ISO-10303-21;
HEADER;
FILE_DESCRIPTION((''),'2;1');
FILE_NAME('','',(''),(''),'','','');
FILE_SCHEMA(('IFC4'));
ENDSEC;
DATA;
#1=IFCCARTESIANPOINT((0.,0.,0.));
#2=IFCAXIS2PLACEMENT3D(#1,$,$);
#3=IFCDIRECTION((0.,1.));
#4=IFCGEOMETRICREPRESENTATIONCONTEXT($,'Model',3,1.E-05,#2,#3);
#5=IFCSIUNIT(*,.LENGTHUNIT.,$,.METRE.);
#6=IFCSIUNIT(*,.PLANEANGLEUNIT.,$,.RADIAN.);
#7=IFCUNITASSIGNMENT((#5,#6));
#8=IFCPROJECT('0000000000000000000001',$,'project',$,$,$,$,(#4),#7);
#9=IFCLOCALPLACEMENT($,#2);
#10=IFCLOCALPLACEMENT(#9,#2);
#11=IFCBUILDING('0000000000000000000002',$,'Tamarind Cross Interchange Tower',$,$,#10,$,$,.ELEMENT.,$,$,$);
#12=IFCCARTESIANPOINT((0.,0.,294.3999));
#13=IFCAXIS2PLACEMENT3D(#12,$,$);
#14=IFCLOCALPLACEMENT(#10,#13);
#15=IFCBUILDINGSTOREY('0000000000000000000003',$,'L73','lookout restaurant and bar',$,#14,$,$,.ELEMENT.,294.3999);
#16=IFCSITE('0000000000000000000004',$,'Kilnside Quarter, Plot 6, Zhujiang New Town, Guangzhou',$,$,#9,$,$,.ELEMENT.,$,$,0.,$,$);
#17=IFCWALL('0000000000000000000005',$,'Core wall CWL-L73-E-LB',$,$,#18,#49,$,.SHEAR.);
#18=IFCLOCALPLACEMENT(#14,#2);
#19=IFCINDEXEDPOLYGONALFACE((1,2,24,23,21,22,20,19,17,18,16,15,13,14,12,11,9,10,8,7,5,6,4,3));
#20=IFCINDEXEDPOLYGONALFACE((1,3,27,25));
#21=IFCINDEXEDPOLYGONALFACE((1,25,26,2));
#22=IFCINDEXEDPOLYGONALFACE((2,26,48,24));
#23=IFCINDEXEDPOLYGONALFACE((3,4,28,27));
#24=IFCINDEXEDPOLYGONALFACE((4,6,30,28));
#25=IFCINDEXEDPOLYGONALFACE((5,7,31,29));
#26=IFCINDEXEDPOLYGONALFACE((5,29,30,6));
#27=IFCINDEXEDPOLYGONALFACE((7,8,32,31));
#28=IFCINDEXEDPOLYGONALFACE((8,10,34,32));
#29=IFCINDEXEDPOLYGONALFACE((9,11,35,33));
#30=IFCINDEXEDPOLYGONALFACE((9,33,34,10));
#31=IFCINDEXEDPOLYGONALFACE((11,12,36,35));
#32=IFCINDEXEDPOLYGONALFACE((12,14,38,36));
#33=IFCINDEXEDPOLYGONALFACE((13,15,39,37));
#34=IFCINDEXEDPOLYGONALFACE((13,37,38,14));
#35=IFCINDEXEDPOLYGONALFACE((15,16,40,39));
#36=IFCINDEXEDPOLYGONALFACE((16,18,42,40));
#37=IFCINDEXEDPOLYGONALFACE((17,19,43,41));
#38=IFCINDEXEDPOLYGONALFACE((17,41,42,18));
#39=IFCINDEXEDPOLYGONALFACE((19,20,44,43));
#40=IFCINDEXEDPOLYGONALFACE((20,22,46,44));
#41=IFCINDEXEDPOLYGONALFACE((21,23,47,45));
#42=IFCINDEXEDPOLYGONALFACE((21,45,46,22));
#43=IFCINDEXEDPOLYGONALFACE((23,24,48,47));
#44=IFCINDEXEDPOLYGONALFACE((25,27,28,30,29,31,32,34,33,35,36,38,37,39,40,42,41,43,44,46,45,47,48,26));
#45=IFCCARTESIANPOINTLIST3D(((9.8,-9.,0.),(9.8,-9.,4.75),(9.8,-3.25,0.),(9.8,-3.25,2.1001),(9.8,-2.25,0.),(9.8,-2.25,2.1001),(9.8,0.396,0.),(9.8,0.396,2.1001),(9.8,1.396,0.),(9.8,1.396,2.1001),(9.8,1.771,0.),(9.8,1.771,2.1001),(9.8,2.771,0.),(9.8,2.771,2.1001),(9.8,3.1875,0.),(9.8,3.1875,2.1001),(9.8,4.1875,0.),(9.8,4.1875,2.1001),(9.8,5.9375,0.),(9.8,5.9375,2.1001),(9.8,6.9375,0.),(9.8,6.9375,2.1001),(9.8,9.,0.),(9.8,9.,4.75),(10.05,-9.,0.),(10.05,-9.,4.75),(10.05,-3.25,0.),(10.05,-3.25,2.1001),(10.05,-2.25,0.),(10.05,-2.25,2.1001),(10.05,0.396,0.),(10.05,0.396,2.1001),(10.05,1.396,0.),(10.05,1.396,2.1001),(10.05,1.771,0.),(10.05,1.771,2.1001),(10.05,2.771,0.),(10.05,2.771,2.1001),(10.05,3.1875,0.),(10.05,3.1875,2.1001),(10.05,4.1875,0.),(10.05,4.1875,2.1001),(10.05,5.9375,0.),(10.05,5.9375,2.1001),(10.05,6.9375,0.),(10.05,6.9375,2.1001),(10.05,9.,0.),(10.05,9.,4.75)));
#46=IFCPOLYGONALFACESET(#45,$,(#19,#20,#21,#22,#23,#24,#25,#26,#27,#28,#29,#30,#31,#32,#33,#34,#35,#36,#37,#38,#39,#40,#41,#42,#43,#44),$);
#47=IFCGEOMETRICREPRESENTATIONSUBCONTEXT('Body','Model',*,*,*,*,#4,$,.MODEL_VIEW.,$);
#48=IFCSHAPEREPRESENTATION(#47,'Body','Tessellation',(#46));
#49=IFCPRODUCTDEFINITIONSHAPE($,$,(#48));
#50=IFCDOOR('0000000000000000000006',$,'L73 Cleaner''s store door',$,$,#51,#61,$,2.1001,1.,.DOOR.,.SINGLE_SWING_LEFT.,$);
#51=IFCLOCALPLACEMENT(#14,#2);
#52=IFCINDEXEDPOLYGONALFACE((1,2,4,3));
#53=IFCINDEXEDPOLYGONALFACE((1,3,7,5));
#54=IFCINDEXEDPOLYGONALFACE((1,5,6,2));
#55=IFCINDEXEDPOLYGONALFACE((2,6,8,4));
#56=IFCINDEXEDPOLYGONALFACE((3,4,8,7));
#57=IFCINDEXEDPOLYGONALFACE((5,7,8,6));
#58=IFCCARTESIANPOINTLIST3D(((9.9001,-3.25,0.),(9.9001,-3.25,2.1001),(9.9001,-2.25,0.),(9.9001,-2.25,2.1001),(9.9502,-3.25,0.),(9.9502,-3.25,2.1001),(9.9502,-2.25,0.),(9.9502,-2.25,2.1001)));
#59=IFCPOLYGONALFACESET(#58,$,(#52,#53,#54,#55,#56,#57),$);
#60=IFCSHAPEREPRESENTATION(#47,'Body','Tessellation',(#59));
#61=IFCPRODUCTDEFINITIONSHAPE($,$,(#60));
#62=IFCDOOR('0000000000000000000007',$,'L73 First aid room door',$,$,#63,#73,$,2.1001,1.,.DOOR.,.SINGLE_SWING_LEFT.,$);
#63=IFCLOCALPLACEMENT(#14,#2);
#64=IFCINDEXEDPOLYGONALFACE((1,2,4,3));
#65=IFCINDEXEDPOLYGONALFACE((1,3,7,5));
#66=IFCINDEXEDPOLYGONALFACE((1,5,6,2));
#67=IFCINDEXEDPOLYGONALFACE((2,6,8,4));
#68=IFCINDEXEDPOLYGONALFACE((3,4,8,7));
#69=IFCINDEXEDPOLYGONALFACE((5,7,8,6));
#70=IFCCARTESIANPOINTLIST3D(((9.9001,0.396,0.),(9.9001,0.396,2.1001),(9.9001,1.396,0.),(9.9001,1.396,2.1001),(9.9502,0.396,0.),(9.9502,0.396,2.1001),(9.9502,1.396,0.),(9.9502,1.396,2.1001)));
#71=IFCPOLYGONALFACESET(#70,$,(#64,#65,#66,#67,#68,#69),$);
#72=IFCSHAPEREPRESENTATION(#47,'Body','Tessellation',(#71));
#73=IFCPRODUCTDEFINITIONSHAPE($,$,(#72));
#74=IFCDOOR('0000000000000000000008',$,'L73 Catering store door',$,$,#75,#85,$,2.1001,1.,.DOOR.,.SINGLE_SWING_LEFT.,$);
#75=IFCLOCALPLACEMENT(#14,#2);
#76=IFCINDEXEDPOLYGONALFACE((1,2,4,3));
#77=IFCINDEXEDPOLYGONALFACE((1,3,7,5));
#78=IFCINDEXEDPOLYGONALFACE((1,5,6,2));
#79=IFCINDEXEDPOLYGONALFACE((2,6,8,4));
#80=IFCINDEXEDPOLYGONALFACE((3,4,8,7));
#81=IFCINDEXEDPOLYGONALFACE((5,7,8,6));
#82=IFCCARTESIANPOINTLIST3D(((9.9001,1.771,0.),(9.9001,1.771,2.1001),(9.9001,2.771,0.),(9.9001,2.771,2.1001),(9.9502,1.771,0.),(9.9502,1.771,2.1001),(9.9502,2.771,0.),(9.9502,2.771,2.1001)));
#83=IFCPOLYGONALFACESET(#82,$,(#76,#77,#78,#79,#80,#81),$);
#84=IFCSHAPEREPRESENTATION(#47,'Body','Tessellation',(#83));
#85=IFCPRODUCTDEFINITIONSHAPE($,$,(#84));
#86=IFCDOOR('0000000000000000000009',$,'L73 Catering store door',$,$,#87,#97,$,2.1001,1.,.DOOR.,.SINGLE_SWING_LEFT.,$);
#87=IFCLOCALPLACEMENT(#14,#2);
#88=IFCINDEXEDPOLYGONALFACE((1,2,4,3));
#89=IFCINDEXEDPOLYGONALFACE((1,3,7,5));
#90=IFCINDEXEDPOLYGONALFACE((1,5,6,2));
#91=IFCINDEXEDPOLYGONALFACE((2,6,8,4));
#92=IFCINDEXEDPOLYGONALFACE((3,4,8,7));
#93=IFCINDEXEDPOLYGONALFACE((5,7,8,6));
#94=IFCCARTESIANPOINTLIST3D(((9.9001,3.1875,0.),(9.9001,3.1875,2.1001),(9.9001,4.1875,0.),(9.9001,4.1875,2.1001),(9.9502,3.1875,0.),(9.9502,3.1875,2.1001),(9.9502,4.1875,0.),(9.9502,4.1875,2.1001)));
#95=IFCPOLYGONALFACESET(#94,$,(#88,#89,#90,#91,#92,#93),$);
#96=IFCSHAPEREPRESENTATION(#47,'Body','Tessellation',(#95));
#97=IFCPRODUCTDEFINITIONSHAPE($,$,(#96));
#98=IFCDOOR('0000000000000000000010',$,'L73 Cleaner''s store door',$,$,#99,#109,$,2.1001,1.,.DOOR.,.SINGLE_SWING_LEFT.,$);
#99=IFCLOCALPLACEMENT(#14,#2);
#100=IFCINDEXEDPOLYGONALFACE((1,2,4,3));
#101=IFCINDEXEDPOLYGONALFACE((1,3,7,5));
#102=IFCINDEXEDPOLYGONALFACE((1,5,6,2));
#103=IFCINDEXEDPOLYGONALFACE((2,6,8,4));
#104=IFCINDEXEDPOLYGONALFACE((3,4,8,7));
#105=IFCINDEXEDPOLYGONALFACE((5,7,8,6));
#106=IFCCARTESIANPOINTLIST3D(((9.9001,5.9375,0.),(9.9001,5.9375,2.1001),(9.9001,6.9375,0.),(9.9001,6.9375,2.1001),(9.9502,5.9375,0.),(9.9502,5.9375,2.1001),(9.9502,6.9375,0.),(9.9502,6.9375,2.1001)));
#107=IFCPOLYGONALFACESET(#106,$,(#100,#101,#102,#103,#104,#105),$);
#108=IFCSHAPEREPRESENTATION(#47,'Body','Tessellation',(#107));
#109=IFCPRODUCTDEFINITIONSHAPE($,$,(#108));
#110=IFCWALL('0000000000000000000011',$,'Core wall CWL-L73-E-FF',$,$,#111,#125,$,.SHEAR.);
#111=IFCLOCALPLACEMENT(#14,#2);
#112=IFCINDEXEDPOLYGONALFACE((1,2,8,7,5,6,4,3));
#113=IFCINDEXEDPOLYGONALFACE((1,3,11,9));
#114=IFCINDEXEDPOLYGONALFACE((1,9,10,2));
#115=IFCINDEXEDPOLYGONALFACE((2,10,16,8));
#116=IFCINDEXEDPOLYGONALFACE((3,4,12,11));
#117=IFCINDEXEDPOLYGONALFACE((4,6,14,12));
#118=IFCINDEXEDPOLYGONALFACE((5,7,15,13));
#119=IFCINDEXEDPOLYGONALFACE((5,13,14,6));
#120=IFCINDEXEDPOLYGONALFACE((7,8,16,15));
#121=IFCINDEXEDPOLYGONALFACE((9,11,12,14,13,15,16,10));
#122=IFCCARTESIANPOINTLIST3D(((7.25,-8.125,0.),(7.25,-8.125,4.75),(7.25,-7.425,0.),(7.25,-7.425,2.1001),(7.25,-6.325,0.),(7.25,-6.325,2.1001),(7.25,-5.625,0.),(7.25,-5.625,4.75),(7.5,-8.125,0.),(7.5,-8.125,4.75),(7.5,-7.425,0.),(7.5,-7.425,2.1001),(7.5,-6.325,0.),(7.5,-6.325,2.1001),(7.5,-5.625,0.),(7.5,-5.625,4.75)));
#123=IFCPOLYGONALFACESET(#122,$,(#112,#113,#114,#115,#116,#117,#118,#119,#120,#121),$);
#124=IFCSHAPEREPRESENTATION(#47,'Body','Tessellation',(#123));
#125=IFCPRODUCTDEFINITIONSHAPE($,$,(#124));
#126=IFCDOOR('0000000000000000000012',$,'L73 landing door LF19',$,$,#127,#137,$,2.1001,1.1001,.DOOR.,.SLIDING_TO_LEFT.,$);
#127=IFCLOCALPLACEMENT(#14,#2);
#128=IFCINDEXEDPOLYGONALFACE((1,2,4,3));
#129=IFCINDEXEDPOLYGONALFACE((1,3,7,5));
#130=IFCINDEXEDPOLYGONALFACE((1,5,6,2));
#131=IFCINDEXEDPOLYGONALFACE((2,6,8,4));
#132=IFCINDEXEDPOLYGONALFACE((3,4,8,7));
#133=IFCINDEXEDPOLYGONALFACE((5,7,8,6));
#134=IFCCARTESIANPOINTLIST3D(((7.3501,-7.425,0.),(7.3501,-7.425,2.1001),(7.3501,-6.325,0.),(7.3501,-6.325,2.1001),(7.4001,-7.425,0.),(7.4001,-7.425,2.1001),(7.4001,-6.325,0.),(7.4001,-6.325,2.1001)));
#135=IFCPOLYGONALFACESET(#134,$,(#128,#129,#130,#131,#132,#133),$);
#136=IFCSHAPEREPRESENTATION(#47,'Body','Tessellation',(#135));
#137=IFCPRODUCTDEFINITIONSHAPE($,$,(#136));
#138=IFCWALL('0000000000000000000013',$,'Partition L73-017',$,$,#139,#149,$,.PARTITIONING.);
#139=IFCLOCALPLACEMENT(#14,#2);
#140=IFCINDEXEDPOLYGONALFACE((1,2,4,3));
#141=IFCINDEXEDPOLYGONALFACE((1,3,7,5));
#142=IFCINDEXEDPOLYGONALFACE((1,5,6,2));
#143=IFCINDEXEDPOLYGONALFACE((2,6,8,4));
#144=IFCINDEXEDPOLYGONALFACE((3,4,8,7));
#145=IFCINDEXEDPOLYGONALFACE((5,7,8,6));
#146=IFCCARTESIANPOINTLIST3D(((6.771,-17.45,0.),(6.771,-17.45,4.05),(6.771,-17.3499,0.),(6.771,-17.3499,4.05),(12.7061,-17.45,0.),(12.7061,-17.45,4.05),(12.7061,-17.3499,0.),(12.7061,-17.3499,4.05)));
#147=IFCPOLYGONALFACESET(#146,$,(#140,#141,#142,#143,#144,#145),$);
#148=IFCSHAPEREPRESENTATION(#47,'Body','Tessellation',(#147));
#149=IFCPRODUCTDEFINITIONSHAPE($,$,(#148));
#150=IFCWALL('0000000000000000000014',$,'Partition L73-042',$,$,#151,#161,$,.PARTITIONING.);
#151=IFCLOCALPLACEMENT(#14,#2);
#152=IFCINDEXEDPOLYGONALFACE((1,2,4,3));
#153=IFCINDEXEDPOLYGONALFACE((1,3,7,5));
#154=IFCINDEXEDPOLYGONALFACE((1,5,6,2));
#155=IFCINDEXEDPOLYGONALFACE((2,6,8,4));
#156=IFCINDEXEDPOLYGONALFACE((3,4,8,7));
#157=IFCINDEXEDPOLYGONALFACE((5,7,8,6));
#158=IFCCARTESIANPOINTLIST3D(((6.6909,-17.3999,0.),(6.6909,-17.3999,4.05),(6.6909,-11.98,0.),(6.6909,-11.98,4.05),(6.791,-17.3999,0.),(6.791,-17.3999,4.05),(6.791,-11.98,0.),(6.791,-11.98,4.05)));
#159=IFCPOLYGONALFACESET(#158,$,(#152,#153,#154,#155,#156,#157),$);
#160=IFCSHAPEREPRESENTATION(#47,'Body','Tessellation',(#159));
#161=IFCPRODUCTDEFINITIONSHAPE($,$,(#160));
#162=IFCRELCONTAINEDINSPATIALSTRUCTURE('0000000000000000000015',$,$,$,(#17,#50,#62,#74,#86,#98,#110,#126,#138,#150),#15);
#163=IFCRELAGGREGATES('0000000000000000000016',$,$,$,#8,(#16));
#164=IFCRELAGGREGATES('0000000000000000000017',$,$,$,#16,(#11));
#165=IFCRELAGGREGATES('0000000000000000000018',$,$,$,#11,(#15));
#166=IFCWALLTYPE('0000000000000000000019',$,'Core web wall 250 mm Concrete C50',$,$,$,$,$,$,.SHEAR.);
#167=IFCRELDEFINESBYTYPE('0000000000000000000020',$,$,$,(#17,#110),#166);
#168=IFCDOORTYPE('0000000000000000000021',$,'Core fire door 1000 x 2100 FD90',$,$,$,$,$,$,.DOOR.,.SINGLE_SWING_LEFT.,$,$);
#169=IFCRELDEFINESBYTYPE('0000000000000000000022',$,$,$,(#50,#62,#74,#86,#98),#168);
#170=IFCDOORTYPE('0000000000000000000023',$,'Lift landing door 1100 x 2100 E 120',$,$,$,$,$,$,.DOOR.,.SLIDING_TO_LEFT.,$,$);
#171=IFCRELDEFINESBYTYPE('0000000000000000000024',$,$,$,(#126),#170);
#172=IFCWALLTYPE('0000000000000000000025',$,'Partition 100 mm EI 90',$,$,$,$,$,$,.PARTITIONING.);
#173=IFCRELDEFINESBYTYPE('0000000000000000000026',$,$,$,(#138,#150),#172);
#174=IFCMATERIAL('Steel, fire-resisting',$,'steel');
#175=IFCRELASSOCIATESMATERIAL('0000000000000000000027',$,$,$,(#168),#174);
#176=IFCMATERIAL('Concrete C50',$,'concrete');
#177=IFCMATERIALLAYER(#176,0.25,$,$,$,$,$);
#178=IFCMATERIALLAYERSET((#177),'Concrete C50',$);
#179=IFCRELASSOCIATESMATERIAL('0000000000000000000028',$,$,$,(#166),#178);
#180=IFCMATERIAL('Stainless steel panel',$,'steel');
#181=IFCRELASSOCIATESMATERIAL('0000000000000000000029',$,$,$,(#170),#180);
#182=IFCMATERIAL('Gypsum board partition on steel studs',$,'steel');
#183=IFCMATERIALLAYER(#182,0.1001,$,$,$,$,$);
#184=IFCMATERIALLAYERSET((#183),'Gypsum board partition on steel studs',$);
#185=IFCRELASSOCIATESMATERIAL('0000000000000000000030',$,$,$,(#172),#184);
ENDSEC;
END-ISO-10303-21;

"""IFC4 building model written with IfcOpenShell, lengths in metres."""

from ifc_helpers import new_model, si_unit, direction, frame, frame_2d, origin, place, context, subcontext, project, spatial, rectangle, extrude, material, layer, layer_set, type_object, element, fill, save


model = new_model("IFC4")

# Units and contexts
model_context = context("Model", 3, precision=1e-05, world=origin(), true_north=direction((0.0, 1.0)))
body_context = subcontext(model_context, "Body", "Model", "MODEL_VIEW")
ifc_project = project(units=[si_unit("LENGTHUNIT", "METRE"), si_unit("PLANEANGLEUNIT", "RADIAN")], contexts=[model_context])

# Site, building, storey
site_placement = place(None, origin())
site = spatial("IfcSite", under=ifc_project, at=site_placement, Name="Kilnside Quarter, Plot 6, Zhujiang New Town, Guangzhou", CompositionType="ELEMENT", RefElevation=0.0)
building_placement = place(site_placement, origin())
building = spatial("IfcBuilding", under=site, at=building_placement, Name="Tamarind Cross Interchange Tower", CompositionType="ELEMENT")
storey_placement = place(building_placement, frame((0.0, 0.0, 294.3999)))
storey = spatial("IfcBuildingStorey", under=building, at=storey_placement, Name="L73", Description="lookout restaurant and bar", CompositionType="ELEMENT", Elevation=294.3999)

# Shared definitions
ifc_material_1 = material(Name="Concrete C50", Category="concrete")
ifc_material_2 = material(Name="Steel, fire-resisting", Category="steel")
door_type_1 = type_object("IfcDoorType", Name="Core fire door 1000 x 2100 FD90", OperationType="SINGLE_SWING_LEFT", PredefinedType="DOOR", material=ifc_material_2)

# Shared definitions
ifc_layer_1 = layer(ifc_material_1, 0.25)
ifc_layer_set_1 = layer_set([ifc_layer_1], Name="Concrete C50")
wall_type_1 = type_object("IfcWallType", Name="Core web wall 250 mm Concrete C50", PredefinedType="SHEAR", material=ifc_layer_set_1)

# Wall, openings, doors
wall_1_placement = place(storey_placement, frame((9.925, -9.0, 0.0), z_axis=(0.0, 0.0, 1.0), x_axis=(0.0, 1.0, 0.0)))
wall_1 = element("IfcWall", 1, at=wall_1_placement, inside=storey, type_object=wall_type_1, Name="Core wall CWL-L73-E-LB", PredefinedType="SHEAR", context=body_context, shape_type="SweptSolid", body=[
    extrude(rectangle(XDim=18.0, YDim=0.25, at=frame_2d((9.0, 0.0))), origin(), (0.0, 0.0, 1.0), 4.75),
])
opening_1_placement = place(wall_1_placement, frame((5.75, 0.0, 0.0)))
opening_1 = element("IfcOpeningElement", 2, at=opening_1_placement, cuts=wall_1, PredefinedType="OPENING", context=body_context, shape_type="SweptSolid", body=[
    extrude(rectangle(XDim=1.0, YDim=2.1001, at=frame_2d((0.5, 1.05))), frame((0.0, 0.135, 0.0), z_axis=(0.0, -1.0, 0.0), x_axis=(1.0, 0.0, 0.0)), (0.0, 0.0, 1.0), 0.27),
])
opening_2_placement = place(wall_1_placement, frame((9.396, 0.0, 0.0)))
opening_2 = element("IfcOpeningElement", 3, at=opening_2_placement, cuts=wall_1, PredefinedType="OPENING", context=body_context, shape_type="SweptSolid", body=[
    extrude(rectangle(XDim=1.0, YDim=2.1001, at=frame_2d((0.5, 1.05))), frame((0.0, 0.135, 0.0), z_axis=(0.0, -1.0, 0.0), x_axis=(1.0, 0.0, 0.0)), (0.0, 0.0, 1.0), 0.27),
])
opening_3_placement = place(wall_1_placement, frame((10.771, 0.0, 0.0)))
opening_3 = element("IfcOpeningElement", 4, at=opening_3_placement, cuts=wall_1, PredefinedType="OPENING", context=body_context, shape_type="SweptSolid", body=[
    extrude(rectangle(XDim=1.0, YDim=2.1001, at=frame_2d((0.5, 1.05))), frame((0.0, 0.135, 0.0), z_axis=(0.0, -1.0, 0.0), x_axis=(1.0, 0.0, 0.0)), (0.0, 0.0, 1.0), 0.27),
])
opening_4_placement = place(wall_1_placement, frame((12.1875, 0.0, 0.0)))
opening_4 = element("IfcOpeningElement", 5, at=opening_4_placement, cuts=wall_1, PredefinedType="OPENING", context=body_context, shape_type="SweptSolid", body=[
    extrude(rectangle(XDim=1.0, YDim=2.1001, at=frame_2d((0.5, 1.05))), frame((0.0, 0.135, 0.0), z_axis=(0.0, -1.0, 0.0), x_axis=(1.0, 0.0, 0.0)), (0.0, 0.0, 1.0), 0.27),
])
opening_5_placement = place(wall_1_placement, frame((14.9375, 0.0, 0.0)))
opening_5 = element("IfcOpeningElement", 6, at=opening_5_placement, cuts=wall_1, PredefinedType="OPENING", context=body_context, shape_type="SweptSolid", body=[
    extrude(rectangle(XDim=1.0, YDim=2.1001, at=frame_2d((0.5, 1.05))), frame((0.0, 0.135, 0.0), z_axis=(0.0, -1.0, 0.0), x_axis=(1.0, 0.0, 0.0)), (0.0, 0.0, 1.0), 0.27),
])
door_1_placement = place(opening_1_placement, origin())
door_1 = element("IfcDoor", 7, at=door_1_placement, inside=storey, type_object=door_type_1, Name="L73 Cleaner's store door", OperationType="SINGLE_SWING_LEFT", OverallHeight=2.1001, OverallWidth=1.0, PredefinedType="DOOR", context=body_context, shape_type="SweptSolid", body=[
    extrude(rectangle(XDim=1.0, YDim=2.1001, at=frame_2d((0.5, 1.05))), frame((0.0, 0.0249, 0.0), z_axis=(0.0, -1.0, 0.0), x_axis=(1.0, 0.0, 0.0)), (0.0, 0.0, 1.0), 0.05),
])
fill(opening_1, door_1)
door_2_placement = place(opening_2_placement, origin())
door_2 = element("IfcDoor", 8, at=door_2_placement, inside=storey, type_object=door_type_1, Name="L73 First aid room door", OperationType="SINGLE_SWING_LEFT", OverallHeight=2.1001, OverallWidth=1.0, PredefinedType="DOOR", context=body_context, shape_type="SweptSolid", body=[
    extrude(rectangle(XDim=1.0, YDim=2.1001, at=frame_2d((0.5, 1.05))), frame((0.0, 0.0249, 0.0), z_axis=(0.0, -1.0, 0.0), x_axis=(1.0, 0.0, 0.0)), (0.0, 0.0, 1.0), 0.05),
])
fill(opening_2, door_2)
door_3_placement = place(opening_3_placement, origin())
door_3 = element("IfcDoor", 9, at=door_3_placement, inside=storey, type_object=door_type_1, Name="L73 Catering store door", OperationType="SINGLE_SWING_LEFT", OverallHeight=2.1001, OverallWidth=1.0, PredefinedType="DOOR", context=body_context, shape_type="SweptSolid", body=[
    extrude(rectangle(XDim=1.0, YDim=2.1001, at=frame_2d((0.5, 1.05))), frame((0.0, 0.0249, 0.0), z_axis=(0.0, -1.0, 0.0), x_axis=(1.0, 0.0, 0.0)), (0.0, 0.0, 1.0), 0.05),
])
fill(opening_3, door_3)
door_4_placement = place(opening_4_placement, origin())
door_4 = element("IfcDoor", 10, at=door_4_placement, inside=storey, type_object=door_type_1, Name="L73 Catering store door", OperationType="SINGLE_SWING_LEFT", OverallHeight=2.1001, OverallWidth=1.0, PredefinedType="DOOR", context=body_context, shape_type="SweptSolid", body=[
    extrude(rectangle(XDim=1.0, YDim=2.1001, at=frame_2d((0.5, 1.05))), frame((0.0, 0.0249, 0.0), z_axis=(0.0, -1.0, 0.0), x_axis=(1.0, 0.0, 0.0)), (0.0, 0.0, 1.0), 0.05),
])
fill(opening_4, door_4)
door_5_placement = place(opening_5_placement, origin())
door_5 = element("IfcDoor", 11, at=door_5_placement, inside=storey, type_object=door_type_1, Name="L73 Cleaner's store door", OperationType="SINGLE_SWING_LEFT", OverallHeight=2.1001, OverallWidth=1.0, PredefinedType="DOOR", context=body_context, shape_type="SweptSolid", body=[
    extrude(rectangle(XDim=1.0, YDim=2.1001, at=frame_2d((0.5, 1.05))), frame((0.0, 0.0249, 0.0), z_axis=(0.0, -1.0, 0.0), x_axis=(1.0, 0.0, 0.0)), (0.0, 0.0, 1.0), 0.05),
])
fill(opening_5, door_5)

# Wall, opening, door
wall_2_placement = place(storey_placement, frame((7.375, -8.125, 0.0), z_axis=(0.0, 0.0, 1.0), x_axis=(0.0, 1.0, 0.0)))
wall_2 = element("IfcWall", 12, at=wall_2_placement, inside=storey, type_object=wall_type_1, Name="Core wall CWL-L73-E-FF", PredefinedType="SHEAR", context=body_context, shape_type="SweptSolid", body=[
    extrude(rectangle(XDim=2.5, YDim=0.25, at=frame_2d((1.25, 0.0))), origin(), (0.0, 0.0, 1.0), 4.75),
])
opening_6_placement = place(wall_2_placement, frame((0.7, 0.0, 0.0)))
opening_6 = element("IfcOpeningElement", 13, at=opening_6_placement, cuts=wall_2, PredefinedType="OPENING", context=body_context, shape_type="SweptSolid", body=[
    extrude(rectangle(XDim=1.1001, YDim=2.1001, at=frame_2d((0.55, 1.05))), frame((0.0, 0.135, 0.0), z_axis=(0.0, -1.0, 0.0), x_axis=(1.0, 0.0, 0.0)), (0.0, 0.0, 1.0), 0.27),
])
ifc_material_3 = material(Name="Stainless steel panel", Category="steel")
door_type_2 = type_object("IfcDoorType", Name="Lift landing door 1100 x 2100 E 120", OperationType="SLIDING_TO_LEFT", PredefinedType="DOOR", material=ifc_material_3)
door_6_placement = place(opening_6_placement, origin())
door_6 = element("IfcDoor", 14, at=door_6_placement, inside=storey, type_object=door_type_2, Name="L73 landing door LF19", OperationType="SLIDING_TO_LEFT", OverallHeight=2.1001, OverallWidth=1.1001, PredefinedType="DOOR", context=body_context, shape_type="SweptSolid", body=[
    extrude(rectangle(XDim=1.1001, YDim=2.1001, at=frame_2d((0.55, 1.05))), frame((0.0, 0.0249, 0.0), z_axis=(0.0, -1.0, 0.0), x_axis=(1.0, 0.0, 0.0)), (0.0, 0.0, 1.0), 0.05),
])
fill(opening_6, door_6)

# Walls
ifc_material_4 = material(Name="Gypsum board partition on steel studs", Category="steel")
ifc_layer_2 = layer(ifc_material_4, 0.1001)
ifc_layer_set_2 = layer_set([ifc_layer_2], Name="Gypsum board partition on steel studs")
wall_type_2 = type_object("IfcWallType", Name="Partition 100 mm EI 90", PredefinedType="PARTITIONING", material=ifc_layer_set_2)
wall_3_placement = place(storey_placement, frame((6.771, -17.3999, 0.0), z_axis=(0.0, 0.0, 1.0), x_axis=(1.0, 0.0, 0.0)))
element("IfcWall", 15, at=wall_3_placement, inside=storey, type_object=wall_type_2, Name="Partition L73-017", PredefinedType="PARTITIONING", context=body_context, shape_type="SweptSolid", body=[
    extrude(rectangle(XDim=5.9351, YDim=0.1001, at=frame_2d((2.9675, 0.0))), origin(), (0.0, 0.0, 1.0), 4.05),
])
wall_4_placement = place(storey_placement, frame((6.741, -17.3999, 0.0), z_axis=(0.0, 0.0, 1.0), x_axis=(0.0, 1.0, 0.0)))
element("IfcWall", 16, at=wall_4_placement, inside=storey, type_object=wall_type_2, Name="Partition L73-042", PredefinedType="PARTITIONING", context=body_context, shape_type="SweptSolid", body=[
    extrude(rectangle(XDim=5.4199, YDim=0.1001, at=frame_2d((2.71, 0.0))), origin(), (0.0, 0.0, 1.0), 4.05),
])

save(model, "model.ifc")
